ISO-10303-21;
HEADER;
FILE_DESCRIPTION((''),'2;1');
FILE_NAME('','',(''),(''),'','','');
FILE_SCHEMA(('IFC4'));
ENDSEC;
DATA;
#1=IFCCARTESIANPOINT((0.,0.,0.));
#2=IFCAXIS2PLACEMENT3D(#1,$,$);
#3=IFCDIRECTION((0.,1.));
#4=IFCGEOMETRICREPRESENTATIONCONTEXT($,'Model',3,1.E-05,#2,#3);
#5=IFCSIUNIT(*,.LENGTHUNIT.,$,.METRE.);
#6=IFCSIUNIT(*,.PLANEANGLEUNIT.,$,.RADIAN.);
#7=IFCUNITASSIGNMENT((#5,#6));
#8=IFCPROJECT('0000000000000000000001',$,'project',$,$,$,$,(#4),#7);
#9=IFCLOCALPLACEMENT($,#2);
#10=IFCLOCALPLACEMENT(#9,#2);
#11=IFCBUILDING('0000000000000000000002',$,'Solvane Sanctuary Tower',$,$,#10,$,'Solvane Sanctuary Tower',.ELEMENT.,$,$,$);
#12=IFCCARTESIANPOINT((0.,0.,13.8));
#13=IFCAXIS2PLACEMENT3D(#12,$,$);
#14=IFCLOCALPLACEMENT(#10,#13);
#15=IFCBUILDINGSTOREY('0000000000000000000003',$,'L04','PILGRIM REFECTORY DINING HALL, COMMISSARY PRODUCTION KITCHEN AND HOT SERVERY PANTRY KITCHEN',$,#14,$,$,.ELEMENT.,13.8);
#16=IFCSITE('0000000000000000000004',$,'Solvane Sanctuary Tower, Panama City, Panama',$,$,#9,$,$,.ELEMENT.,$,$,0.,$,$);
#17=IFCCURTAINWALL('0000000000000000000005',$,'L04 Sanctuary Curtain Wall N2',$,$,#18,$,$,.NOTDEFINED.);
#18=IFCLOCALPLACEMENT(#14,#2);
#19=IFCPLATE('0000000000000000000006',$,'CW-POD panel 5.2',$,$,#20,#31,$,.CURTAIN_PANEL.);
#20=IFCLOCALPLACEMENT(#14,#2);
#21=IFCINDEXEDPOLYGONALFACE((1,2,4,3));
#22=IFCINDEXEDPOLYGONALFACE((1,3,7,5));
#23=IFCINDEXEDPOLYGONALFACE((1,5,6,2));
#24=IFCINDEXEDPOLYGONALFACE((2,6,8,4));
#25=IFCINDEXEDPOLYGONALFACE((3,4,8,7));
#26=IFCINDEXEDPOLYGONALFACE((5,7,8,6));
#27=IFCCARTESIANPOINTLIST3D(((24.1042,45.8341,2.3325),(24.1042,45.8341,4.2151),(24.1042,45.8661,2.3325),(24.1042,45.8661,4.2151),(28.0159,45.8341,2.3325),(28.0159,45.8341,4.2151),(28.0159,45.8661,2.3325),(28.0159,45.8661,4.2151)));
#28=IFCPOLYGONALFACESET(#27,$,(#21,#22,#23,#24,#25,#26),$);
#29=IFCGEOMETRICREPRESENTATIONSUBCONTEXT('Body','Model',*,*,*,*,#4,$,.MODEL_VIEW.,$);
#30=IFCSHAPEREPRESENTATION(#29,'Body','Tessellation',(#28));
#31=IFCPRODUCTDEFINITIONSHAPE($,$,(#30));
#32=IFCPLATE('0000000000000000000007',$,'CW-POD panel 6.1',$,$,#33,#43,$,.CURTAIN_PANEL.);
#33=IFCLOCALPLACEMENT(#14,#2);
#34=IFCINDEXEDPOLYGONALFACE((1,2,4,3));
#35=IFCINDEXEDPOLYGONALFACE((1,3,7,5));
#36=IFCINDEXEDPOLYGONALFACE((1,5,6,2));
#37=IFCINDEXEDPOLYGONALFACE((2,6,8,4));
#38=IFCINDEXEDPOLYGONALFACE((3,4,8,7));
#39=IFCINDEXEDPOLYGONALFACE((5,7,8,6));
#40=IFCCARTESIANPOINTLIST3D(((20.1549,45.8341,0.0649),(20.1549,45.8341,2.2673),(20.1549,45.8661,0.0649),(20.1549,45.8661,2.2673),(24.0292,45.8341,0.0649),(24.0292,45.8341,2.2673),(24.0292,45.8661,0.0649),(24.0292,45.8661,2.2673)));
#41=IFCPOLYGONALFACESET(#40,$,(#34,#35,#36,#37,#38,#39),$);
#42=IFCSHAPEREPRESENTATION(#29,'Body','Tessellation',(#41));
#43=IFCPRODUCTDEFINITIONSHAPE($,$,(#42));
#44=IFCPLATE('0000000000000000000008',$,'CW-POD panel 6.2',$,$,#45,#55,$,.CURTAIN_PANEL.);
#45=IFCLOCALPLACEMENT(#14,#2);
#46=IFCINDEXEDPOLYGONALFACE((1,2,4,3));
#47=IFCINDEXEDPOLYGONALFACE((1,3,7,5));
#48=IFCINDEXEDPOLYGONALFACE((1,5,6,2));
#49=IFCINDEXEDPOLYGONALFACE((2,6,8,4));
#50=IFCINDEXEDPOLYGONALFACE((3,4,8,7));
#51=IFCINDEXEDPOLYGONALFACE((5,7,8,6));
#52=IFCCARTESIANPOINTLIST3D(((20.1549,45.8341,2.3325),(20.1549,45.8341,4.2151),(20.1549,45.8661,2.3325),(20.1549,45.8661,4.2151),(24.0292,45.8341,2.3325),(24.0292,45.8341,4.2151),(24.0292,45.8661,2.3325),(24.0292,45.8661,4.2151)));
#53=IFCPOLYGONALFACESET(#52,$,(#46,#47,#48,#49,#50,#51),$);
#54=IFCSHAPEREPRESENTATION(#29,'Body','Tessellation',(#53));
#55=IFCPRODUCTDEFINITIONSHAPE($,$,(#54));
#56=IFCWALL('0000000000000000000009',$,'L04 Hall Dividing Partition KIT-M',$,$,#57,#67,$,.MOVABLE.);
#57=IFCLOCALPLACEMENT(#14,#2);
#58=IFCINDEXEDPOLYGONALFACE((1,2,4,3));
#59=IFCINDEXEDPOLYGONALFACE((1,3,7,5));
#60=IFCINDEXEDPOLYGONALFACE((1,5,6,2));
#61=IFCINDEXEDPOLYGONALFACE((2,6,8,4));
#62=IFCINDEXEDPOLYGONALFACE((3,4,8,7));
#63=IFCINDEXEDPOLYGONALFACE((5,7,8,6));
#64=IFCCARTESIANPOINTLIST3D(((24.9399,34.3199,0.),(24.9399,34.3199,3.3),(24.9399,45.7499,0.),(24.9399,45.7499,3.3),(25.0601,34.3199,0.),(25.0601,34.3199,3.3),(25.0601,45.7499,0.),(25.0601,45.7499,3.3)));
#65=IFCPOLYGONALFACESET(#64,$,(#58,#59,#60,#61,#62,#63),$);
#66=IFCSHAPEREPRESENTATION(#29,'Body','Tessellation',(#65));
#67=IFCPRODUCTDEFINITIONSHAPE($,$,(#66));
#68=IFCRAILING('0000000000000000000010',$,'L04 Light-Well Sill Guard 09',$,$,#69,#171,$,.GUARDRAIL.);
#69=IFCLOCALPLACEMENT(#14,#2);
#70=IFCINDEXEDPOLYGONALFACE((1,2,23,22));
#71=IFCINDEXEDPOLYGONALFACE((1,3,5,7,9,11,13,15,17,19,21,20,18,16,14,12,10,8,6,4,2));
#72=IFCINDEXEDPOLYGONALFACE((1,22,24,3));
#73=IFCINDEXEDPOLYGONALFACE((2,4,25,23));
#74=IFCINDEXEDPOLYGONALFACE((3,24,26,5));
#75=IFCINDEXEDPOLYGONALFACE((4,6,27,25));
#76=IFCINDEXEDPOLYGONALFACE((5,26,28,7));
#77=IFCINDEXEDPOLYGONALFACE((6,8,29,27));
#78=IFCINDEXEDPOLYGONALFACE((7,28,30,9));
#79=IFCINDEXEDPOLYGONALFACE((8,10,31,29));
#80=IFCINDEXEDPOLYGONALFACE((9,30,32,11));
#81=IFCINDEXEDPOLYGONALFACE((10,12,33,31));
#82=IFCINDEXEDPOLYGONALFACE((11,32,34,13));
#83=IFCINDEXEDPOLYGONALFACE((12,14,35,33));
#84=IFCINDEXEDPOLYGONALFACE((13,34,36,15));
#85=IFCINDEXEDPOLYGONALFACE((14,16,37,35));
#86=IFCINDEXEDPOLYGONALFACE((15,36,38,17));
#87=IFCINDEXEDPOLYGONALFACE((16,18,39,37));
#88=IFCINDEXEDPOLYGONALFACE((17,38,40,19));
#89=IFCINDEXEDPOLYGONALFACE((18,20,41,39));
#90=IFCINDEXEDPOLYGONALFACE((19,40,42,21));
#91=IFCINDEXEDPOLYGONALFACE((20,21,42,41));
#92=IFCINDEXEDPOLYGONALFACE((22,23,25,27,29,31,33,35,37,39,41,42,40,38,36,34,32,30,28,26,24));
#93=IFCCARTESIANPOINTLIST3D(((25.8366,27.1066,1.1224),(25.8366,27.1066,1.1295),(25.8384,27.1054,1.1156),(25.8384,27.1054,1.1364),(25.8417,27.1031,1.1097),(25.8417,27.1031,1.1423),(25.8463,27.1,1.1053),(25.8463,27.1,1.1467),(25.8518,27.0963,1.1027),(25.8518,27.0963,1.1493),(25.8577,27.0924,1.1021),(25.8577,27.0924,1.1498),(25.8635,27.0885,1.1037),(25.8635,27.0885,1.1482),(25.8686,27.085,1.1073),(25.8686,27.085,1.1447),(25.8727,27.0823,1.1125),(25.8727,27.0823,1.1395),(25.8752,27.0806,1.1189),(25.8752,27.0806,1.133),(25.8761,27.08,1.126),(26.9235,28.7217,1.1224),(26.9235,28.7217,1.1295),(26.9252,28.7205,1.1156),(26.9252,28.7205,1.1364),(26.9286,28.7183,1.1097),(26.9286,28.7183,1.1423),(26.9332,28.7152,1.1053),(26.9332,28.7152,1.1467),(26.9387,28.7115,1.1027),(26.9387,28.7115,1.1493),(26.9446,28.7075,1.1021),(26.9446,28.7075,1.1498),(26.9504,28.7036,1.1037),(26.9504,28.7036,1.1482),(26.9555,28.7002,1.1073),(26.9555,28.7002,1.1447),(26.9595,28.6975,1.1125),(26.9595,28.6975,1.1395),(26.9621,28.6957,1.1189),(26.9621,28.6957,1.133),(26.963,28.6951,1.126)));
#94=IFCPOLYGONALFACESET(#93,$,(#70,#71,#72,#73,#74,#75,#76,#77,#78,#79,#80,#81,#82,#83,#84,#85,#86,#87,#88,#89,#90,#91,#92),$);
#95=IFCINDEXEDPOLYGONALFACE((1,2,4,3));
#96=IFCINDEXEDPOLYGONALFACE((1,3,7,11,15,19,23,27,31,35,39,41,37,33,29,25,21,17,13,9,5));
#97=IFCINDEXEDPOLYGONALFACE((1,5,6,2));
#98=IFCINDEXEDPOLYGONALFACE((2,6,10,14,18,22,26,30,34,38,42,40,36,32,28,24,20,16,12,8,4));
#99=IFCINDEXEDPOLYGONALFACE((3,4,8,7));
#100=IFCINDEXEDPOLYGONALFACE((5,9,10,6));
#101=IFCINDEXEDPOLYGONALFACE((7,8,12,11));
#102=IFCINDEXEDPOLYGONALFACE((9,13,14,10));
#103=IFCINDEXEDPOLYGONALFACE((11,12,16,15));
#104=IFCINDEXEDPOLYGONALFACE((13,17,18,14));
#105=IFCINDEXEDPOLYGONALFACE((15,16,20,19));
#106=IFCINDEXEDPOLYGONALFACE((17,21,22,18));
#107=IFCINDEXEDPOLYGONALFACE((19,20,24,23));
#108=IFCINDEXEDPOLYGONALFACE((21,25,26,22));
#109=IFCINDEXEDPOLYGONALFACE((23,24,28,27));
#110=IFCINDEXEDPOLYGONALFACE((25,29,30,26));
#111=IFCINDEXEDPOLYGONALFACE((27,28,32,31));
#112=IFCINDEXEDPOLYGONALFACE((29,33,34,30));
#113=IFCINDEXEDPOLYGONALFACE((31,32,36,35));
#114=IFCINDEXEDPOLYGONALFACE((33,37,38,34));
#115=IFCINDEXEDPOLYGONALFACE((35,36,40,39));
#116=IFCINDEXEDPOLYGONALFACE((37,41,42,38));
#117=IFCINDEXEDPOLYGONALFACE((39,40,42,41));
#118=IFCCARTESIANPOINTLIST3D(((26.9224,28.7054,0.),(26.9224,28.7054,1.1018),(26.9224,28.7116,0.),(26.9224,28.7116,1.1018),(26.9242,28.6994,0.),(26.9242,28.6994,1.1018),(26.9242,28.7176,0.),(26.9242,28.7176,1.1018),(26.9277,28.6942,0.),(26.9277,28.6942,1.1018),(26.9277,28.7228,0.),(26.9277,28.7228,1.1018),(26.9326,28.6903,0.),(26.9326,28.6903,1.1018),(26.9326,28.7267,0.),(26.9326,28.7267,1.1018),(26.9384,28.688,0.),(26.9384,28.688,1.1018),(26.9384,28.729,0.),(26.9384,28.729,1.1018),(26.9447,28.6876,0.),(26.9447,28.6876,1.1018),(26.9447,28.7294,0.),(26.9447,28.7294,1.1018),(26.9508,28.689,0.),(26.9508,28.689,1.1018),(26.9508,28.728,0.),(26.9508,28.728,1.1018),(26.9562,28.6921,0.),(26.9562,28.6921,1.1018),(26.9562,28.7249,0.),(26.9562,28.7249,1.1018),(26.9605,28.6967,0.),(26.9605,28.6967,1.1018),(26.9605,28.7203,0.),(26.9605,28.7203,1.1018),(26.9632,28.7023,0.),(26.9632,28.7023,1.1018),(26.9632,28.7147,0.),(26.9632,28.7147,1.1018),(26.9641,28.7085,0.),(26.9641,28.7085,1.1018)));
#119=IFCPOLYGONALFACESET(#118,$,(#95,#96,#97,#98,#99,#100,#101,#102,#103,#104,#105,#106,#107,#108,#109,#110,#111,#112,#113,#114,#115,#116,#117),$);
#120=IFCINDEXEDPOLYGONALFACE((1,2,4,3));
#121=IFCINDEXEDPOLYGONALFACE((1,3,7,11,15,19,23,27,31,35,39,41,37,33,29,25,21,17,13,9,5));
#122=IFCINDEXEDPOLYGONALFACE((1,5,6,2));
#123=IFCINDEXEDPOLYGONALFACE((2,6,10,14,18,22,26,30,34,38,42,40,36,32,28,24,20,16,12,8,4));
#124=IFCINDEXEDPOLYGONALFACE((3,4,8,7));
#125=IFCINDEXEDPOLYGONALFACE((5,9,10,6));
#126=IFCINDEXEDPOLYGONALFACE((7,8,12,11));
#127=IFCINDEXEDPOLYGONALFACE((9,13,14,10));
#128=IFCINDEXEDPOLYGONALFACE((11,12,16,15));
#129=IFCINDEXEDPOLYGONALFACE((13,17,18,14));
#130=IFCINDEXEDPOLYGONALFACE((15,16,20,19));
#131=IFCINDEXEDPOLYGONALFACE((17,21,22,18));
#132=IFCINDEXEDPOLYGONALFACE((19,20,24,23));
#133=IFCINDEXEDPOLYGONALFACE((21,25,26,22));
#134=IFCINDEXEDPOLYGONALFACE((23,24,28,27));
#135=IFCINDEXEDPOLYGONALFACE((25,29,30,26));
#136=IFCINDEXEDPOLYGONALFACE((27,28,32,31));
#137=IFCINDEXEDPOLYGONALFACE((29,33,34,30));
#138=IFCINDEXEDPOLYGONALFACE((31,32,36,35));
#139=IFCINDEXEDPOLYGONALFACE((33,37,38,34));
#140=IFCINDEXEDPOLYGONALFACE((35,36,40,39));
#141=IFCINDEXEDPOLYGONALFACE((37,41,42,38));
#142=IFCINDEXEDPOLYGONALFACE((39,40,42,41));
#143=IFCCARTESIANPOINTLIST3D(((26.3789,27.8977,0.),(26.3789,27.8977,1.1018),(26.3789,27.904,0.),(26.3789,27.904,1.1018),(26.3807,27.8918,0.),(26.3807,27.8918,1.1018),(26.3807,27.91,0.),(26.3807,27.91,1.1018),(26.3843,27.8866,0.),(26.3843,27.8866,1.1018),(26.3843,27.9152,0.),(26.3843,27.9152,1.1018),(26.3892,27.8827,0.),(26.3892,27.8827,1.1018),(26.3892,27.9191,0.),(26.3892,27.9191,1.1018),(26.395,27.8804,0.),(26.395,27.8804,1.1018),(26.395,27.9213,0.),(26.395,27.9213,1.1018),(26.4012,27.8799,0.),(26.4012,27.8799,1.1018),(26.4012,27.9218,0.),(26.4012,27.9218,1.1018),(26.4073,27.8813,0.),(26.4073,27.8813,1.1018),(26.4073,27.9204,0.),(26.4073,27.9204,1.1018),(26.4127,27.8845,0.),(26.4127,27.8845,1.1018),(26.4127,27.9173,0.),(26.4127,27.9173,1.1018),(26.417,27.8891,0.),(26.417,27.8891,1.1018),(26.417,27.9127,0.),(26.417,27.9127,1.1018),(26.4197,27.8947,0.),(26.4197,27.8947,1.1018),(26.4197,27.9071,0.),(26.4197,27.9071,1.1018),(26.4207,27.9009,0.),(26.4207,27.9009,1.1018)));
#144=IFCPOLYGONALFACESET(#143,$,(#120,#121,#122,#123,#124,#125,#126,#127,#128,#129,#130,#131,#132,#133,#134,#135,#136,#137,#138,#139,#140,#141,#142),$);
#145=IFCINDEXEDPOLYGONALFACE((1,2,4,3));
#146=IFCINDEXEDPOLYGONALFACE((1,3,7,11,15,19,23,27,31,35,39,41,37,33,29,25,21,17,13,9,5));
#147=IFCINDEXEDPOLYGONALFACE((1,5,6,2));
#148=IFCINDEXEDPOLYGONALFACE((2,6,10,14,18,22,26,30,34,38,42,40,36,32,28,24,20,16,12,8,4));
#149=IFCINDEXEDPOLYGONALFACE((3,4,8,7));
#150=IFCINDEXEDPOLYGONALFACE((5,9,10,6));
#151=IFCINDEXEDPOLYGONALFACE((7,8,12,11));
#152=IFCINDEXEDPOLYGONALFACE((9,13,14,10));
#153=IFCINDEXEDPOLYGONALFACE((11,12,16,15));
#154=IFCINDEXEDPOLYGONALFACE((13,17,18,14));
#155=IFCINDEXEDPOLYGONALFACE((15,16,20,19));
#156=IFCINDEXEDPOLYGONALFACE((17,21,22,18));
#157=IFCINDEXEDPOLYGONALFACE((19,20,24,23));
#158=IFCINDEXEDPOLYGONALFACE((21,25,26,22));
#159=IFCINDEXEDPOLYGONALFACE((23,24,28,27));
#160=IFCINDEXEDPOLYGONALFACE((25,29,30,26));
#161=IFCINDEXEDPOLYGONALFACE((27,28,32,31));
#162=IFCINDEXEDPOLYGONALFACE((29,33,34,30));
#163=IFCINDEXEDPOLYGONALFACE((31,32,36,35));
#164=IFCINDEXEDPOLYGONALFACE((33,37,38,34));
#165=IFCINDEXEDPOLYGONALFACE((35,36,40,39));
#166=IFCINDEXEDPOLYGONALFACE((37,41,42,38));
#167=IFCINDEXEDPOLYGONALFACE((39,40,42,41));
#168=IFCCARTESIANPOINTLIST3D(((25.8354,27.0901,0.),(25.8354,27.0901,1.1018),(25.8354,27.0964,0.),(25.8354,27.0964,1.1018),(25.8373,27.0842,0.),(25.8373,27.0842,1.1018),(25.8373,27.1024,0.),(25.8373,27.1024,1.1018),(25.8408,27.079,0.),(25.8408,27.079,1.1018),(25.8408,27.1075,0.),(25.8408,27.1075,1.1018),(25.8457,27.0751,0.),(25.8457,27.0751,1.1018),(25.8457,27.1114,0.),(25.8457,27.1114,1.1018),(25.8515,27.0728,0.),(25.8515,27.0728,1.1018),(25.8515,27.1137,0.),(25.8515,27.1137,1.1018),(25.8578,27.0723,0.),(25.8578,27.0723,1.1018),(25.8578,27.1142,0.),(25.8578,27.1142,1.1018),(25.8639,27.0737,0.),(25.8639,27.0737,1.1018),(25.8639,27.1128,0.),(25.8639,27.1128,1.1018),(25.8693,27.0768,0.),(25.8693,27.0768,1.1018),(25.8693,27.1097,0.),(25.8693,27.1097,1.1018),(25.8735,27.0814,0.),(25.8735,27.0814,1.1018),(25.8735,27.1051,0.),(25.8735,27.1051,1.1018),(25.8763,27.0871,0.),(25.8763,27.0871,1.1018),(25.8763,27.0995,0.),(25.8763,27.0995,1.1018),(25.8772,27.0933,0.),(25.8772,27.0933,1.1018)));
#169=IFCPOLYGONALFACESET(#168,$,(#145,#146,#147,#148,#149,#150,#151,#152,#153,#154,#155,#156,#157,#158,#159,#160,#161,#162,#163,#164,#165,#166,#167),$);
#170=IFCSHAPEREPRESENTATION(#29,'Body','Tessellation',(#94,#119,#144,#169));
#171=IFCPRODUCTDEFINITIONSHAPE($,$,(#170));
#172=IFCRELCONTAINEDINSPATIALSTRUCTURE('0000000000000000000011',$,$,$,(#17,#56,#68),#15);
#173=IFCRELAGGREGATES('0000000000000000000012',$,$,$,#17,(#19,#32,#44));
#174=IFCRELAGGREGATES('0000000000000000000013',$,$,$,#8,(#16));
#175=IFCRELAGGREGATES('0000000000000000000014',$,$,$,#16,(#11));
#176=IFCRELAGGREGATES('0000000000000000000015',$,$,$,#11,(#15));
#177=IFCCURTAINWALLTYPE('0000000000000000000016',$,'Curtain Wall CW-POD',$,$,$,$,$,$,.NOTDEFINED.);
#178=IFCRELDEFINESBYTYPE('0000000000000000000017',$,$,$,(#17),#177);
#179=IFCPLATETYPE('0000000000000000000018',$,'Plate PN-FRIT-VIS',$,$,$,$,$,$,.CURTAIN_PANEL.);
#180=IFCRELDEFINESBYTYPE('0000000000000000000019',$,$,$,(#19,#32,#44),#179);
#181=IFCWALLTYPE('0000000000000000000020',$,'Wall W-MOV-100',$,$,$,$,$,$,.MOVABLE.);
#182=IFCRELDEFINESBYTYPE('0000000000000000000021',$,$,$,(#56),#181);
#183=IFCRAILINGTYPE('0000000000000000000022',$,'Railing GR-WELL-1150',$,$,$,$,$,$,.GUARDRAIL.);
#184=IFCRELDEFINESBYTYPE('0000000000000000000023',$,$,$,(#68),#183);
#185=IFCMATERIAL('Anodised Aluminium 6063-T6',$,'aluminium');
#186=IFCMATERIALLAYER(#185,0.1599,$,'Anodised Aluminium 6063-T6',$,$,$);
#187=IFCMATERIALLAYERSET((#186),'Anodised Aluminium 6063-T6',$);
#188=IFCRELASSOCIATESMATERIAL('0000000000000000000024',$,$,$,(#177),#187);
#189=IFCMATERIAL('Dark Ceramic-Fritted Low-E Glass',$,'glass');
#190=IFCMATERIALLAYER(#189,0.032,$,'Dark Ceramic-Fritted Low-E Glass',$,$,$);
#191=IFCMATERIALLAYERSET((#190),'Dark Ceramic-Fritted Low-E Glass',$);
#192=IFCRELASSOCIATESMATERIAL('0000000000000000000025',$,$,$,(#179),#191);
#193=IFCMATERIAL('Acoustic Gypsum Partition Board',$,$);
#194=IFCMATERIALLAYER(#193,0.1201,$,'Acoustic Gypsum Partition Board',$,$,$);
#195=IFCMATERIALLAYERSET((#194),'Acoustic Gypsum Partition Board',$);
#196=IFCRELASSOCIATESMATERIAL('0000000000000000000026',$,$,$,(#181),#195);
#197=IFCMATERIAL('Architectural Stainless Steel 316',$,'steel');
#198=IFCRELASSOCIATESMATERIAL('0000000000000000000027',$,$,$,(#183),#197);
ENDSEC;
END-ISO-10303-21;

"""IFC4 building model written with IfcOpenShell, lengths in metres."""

from ifc_helpers import new_model, si_unit, direction, frame, frame_2d, origin, origin_2d, place, context, subcontext, project, spatial, rectangle, circle, extrude, material, layer, layer_set, type_object, element, aggregate, save


model = new_model("IFC4")

# Units and contexts
model_context = context("Model", 3, precision=1e-05, world=origin(), true_north=direction((0.0, 1.0)))
body_context = subcontext(model_context, "Body", "Model", "MODEL_VIEW")
ifc_project = project(units=[si_unit("LENGTHUNIT", "METRE"), si_unit("PLANEANGLEUNIT", "RADIAN")], contexts=[model_context])

# Site, building, storey
site_placement = place(None, origin())
site = spatial("IfcSite", under=ifc_project, at=site_placement, Name="Solvane Sanctuary Tower, Panama City, Panama", CompositionType="ELEMENT", RefElevation=0.0)
building_placement = place(site_placement, origin())
building = spatial("IfcBuilding", under=site, at=building_placement, Name="Solvane Sanctuary Tower", LongName="Solvane Sanctuary Tower", CompositionType="ELEMENT")
storey_placement = place(building_placement, frame((0.0, 0.0, 13.8)))
storey = spatial("IfcBuildingStorey", under=building, at=storey_placement, Name="L04", Description="PILGRIM REFECTORY DINING HALL, COMMISSARY PRODUCTION KITCHEN AND HOT SERVERY PANTRY KITCHEN", CompositionType="ELEMENT", Elevation=13.8)

# Curtain wall
ifc_material_1 = material(Name="Anodised Aluminium 6063-T6", Category="aluminium")
ifc_layer_1 = layer(ifc_material_1, 0.1599, Name="Anodised Aluminium 6063-T6")
ifc_layer_set_1 = layer_set([ifc_layer_1], Name="Anodised Aluminium 6063-T6")
curtain_wall_type_1 = type_object("IfcCurtainWallType", Name="Curtain Wall CW-POD", PredefinedType="NOTDEFINED", material=ifc_layer_set_1)
curtain_wall_1_placement = place(storey_placement, origin())
curtain_wall_1 = element("IfcCurtainWall", 1, at=curtain_wall_1_placement, inside=storey, type_object=curtain_wall_type_1, Name="L04 Sanctuary Curtain Wall N2", PredefinedType="NOTDEFINED")

# Plates
ifc_material_2 = material(Name="Dark Ceramic-Fritted Low-E Glass", Category="glass")
ifc_layer_2 = layer(ifc_material_2, 0.032, Name="Dark Ceramic-Fritted Low-E Glass")
ifc_layer_set_2 = layer_set([ifc_layer_2], Name="Dark Ceramic-Fritted Low-E Glass")
plate_type = type_object("IfcPlateType", Name="Plate PN-FRIT-VIS", PredefinedType="CURTAIN_PANEL", material=ifc_layer_set_2)
plate_1_placement = place(storey_placement, frame((26.0601, 45.8501, 2.3325), z_axis=(0.0, 0.0, 1.0), x_axis=(-1.0, 0.0, 0.0)))
plate_1 = element("IfcPlate", 2, at=plate_1_placement, type_object=plate_type, Name="CW-POD panel 5.2", PredefinedType="CURTAIN_PANEL", context=body_context, shape_type="SweptSolid", body=[
    extrude(rectangle(XDim=3.9116, YDim=0.032, at=origin_2d()), origin(), (0.0, 0.0, 1.0), 1.8826),
])
plate_2_placement = place(storey_placement, frame((22.092, 45.8501, 0.0649), z_axis=(0.0, 0.0, 1.0), x_axis=(-1.0, 0.0, 0.0)))
plate_2 = element("IfcPlate", 3, at=plate_2_placement, type_object=plate_type, Name="CW-POD panel 6.1", PredefinedType="CURTAIN_PANEL", context=body_context, shape_type="SweptSolid", body=[
    extrude(rectangle(XDim=3.8743, YDim=0.032, at=origin_2d()), origin(), (0.0, 0.0, 1.0), 2.2024),
])
plate_3_placement = place(storey_placement, frame((22.092, 45.8501, 2.3325), z_axis=(0.0, 0.0, 1.0), x_axis=(-1.0, 0.0, 0.0)))
plate_3 = element("IfcPlate", 4, at=plate_3_placement, type_object=plate_type, Name="CW-POD panel 6.2", PredefinedType="CURTAIN_PANEL", context=body_context, shape_type="SweptSolid", body=[
    extrude(rectangle(XDim=3.8743, YDim=0.032, at=origin_2d()), origin(), (0.0, 0.0, 1.0), 1.8826),
])
aggregate(curtain_wall_1, [plate_1, plate_2, plate_3])

# Wall
ifc_material_3 = material(Name="Acoustic Gypsum Partition Board")
ifc_layer_3 = layer(ifc_material_3, 0.1201, Name="Acoustic Gypsum Partition Board")
ifc_layer_set_3 = layer_set([ifc_layer_3], Name="Acoustic Gypsum Partition Board")
wall_type = type_object("IfcWallType", Name="Wall W-MOV-100", PredefinedType="MOVABLE", material=ifc_layer_set_3)
wall_placement = place(storey_placement, frame((25.0, 34.3201, 0.0), z_axis=(0.0, 0.0, 1.0), x_axis=(0.0, 1.0, 0.0)))
element("IfcWall", 5, at=wall_placement, inside=storey, type_object=wall_type, Name="L04 Hall Dividing Partition KIT-M", PredefinedType="MOVABLE", context=body_context, shape_type="SweptSolid", body=[
    extrude(rectangle(XDim=11.4299, YDim=0.1201, at=frame_2d((5.7148, 0.0))), origin(), (0.0, 0.0, 1.0), 3.3),
])

# Railing
ifc_material_4 = material(Name="Architectural Stainless Steel 316", Category="steel")
railing_type = type_object("IfcRailingType", Name="Railing GR-WELL-1150", PredefinedType="GUARDRAIL", material=ifc_material_4)
railing_placement = place(storey_placement, frame((26.9431, 28.7085, 0.0)))
element("IfcRailing", 6, at=railing_placement, inside=storey, type_object=railing_type, Name="L04 Light-Well Sill Guard 09", PredefinedType="GUARDRAIL", context=body_context, shape_type="SweptSolid", body=[
    extrude(circle(Radius=0.0239, at=origin_2d()), frame((0.0, 0.0, 1.126), z_axis=(-0.558283, -0.82965, 0.0), x_axis=(0.82965, -0.558283, 0.0)), (0.0, 0.0, 1.0), 1.9468),
    extrude(circle(Radius=0.021, at=origin_2d()), origin(), (0.0, 0.0, 1.0), 1.1018),
    extrude(circle(Radius=0.021, at=origin_2d()), frame((-0.5435, -0.8076, 0.0)), (0.0, 0.0, 1.0), 1.1018),
    extrude(circle(Radius=0.021, at=origin_2d()), frame((-1.0869, -1.6152, 0.0)), (0.0, 0.0, 1.0), 1.1018),
])

save(model, "model.ifc")
